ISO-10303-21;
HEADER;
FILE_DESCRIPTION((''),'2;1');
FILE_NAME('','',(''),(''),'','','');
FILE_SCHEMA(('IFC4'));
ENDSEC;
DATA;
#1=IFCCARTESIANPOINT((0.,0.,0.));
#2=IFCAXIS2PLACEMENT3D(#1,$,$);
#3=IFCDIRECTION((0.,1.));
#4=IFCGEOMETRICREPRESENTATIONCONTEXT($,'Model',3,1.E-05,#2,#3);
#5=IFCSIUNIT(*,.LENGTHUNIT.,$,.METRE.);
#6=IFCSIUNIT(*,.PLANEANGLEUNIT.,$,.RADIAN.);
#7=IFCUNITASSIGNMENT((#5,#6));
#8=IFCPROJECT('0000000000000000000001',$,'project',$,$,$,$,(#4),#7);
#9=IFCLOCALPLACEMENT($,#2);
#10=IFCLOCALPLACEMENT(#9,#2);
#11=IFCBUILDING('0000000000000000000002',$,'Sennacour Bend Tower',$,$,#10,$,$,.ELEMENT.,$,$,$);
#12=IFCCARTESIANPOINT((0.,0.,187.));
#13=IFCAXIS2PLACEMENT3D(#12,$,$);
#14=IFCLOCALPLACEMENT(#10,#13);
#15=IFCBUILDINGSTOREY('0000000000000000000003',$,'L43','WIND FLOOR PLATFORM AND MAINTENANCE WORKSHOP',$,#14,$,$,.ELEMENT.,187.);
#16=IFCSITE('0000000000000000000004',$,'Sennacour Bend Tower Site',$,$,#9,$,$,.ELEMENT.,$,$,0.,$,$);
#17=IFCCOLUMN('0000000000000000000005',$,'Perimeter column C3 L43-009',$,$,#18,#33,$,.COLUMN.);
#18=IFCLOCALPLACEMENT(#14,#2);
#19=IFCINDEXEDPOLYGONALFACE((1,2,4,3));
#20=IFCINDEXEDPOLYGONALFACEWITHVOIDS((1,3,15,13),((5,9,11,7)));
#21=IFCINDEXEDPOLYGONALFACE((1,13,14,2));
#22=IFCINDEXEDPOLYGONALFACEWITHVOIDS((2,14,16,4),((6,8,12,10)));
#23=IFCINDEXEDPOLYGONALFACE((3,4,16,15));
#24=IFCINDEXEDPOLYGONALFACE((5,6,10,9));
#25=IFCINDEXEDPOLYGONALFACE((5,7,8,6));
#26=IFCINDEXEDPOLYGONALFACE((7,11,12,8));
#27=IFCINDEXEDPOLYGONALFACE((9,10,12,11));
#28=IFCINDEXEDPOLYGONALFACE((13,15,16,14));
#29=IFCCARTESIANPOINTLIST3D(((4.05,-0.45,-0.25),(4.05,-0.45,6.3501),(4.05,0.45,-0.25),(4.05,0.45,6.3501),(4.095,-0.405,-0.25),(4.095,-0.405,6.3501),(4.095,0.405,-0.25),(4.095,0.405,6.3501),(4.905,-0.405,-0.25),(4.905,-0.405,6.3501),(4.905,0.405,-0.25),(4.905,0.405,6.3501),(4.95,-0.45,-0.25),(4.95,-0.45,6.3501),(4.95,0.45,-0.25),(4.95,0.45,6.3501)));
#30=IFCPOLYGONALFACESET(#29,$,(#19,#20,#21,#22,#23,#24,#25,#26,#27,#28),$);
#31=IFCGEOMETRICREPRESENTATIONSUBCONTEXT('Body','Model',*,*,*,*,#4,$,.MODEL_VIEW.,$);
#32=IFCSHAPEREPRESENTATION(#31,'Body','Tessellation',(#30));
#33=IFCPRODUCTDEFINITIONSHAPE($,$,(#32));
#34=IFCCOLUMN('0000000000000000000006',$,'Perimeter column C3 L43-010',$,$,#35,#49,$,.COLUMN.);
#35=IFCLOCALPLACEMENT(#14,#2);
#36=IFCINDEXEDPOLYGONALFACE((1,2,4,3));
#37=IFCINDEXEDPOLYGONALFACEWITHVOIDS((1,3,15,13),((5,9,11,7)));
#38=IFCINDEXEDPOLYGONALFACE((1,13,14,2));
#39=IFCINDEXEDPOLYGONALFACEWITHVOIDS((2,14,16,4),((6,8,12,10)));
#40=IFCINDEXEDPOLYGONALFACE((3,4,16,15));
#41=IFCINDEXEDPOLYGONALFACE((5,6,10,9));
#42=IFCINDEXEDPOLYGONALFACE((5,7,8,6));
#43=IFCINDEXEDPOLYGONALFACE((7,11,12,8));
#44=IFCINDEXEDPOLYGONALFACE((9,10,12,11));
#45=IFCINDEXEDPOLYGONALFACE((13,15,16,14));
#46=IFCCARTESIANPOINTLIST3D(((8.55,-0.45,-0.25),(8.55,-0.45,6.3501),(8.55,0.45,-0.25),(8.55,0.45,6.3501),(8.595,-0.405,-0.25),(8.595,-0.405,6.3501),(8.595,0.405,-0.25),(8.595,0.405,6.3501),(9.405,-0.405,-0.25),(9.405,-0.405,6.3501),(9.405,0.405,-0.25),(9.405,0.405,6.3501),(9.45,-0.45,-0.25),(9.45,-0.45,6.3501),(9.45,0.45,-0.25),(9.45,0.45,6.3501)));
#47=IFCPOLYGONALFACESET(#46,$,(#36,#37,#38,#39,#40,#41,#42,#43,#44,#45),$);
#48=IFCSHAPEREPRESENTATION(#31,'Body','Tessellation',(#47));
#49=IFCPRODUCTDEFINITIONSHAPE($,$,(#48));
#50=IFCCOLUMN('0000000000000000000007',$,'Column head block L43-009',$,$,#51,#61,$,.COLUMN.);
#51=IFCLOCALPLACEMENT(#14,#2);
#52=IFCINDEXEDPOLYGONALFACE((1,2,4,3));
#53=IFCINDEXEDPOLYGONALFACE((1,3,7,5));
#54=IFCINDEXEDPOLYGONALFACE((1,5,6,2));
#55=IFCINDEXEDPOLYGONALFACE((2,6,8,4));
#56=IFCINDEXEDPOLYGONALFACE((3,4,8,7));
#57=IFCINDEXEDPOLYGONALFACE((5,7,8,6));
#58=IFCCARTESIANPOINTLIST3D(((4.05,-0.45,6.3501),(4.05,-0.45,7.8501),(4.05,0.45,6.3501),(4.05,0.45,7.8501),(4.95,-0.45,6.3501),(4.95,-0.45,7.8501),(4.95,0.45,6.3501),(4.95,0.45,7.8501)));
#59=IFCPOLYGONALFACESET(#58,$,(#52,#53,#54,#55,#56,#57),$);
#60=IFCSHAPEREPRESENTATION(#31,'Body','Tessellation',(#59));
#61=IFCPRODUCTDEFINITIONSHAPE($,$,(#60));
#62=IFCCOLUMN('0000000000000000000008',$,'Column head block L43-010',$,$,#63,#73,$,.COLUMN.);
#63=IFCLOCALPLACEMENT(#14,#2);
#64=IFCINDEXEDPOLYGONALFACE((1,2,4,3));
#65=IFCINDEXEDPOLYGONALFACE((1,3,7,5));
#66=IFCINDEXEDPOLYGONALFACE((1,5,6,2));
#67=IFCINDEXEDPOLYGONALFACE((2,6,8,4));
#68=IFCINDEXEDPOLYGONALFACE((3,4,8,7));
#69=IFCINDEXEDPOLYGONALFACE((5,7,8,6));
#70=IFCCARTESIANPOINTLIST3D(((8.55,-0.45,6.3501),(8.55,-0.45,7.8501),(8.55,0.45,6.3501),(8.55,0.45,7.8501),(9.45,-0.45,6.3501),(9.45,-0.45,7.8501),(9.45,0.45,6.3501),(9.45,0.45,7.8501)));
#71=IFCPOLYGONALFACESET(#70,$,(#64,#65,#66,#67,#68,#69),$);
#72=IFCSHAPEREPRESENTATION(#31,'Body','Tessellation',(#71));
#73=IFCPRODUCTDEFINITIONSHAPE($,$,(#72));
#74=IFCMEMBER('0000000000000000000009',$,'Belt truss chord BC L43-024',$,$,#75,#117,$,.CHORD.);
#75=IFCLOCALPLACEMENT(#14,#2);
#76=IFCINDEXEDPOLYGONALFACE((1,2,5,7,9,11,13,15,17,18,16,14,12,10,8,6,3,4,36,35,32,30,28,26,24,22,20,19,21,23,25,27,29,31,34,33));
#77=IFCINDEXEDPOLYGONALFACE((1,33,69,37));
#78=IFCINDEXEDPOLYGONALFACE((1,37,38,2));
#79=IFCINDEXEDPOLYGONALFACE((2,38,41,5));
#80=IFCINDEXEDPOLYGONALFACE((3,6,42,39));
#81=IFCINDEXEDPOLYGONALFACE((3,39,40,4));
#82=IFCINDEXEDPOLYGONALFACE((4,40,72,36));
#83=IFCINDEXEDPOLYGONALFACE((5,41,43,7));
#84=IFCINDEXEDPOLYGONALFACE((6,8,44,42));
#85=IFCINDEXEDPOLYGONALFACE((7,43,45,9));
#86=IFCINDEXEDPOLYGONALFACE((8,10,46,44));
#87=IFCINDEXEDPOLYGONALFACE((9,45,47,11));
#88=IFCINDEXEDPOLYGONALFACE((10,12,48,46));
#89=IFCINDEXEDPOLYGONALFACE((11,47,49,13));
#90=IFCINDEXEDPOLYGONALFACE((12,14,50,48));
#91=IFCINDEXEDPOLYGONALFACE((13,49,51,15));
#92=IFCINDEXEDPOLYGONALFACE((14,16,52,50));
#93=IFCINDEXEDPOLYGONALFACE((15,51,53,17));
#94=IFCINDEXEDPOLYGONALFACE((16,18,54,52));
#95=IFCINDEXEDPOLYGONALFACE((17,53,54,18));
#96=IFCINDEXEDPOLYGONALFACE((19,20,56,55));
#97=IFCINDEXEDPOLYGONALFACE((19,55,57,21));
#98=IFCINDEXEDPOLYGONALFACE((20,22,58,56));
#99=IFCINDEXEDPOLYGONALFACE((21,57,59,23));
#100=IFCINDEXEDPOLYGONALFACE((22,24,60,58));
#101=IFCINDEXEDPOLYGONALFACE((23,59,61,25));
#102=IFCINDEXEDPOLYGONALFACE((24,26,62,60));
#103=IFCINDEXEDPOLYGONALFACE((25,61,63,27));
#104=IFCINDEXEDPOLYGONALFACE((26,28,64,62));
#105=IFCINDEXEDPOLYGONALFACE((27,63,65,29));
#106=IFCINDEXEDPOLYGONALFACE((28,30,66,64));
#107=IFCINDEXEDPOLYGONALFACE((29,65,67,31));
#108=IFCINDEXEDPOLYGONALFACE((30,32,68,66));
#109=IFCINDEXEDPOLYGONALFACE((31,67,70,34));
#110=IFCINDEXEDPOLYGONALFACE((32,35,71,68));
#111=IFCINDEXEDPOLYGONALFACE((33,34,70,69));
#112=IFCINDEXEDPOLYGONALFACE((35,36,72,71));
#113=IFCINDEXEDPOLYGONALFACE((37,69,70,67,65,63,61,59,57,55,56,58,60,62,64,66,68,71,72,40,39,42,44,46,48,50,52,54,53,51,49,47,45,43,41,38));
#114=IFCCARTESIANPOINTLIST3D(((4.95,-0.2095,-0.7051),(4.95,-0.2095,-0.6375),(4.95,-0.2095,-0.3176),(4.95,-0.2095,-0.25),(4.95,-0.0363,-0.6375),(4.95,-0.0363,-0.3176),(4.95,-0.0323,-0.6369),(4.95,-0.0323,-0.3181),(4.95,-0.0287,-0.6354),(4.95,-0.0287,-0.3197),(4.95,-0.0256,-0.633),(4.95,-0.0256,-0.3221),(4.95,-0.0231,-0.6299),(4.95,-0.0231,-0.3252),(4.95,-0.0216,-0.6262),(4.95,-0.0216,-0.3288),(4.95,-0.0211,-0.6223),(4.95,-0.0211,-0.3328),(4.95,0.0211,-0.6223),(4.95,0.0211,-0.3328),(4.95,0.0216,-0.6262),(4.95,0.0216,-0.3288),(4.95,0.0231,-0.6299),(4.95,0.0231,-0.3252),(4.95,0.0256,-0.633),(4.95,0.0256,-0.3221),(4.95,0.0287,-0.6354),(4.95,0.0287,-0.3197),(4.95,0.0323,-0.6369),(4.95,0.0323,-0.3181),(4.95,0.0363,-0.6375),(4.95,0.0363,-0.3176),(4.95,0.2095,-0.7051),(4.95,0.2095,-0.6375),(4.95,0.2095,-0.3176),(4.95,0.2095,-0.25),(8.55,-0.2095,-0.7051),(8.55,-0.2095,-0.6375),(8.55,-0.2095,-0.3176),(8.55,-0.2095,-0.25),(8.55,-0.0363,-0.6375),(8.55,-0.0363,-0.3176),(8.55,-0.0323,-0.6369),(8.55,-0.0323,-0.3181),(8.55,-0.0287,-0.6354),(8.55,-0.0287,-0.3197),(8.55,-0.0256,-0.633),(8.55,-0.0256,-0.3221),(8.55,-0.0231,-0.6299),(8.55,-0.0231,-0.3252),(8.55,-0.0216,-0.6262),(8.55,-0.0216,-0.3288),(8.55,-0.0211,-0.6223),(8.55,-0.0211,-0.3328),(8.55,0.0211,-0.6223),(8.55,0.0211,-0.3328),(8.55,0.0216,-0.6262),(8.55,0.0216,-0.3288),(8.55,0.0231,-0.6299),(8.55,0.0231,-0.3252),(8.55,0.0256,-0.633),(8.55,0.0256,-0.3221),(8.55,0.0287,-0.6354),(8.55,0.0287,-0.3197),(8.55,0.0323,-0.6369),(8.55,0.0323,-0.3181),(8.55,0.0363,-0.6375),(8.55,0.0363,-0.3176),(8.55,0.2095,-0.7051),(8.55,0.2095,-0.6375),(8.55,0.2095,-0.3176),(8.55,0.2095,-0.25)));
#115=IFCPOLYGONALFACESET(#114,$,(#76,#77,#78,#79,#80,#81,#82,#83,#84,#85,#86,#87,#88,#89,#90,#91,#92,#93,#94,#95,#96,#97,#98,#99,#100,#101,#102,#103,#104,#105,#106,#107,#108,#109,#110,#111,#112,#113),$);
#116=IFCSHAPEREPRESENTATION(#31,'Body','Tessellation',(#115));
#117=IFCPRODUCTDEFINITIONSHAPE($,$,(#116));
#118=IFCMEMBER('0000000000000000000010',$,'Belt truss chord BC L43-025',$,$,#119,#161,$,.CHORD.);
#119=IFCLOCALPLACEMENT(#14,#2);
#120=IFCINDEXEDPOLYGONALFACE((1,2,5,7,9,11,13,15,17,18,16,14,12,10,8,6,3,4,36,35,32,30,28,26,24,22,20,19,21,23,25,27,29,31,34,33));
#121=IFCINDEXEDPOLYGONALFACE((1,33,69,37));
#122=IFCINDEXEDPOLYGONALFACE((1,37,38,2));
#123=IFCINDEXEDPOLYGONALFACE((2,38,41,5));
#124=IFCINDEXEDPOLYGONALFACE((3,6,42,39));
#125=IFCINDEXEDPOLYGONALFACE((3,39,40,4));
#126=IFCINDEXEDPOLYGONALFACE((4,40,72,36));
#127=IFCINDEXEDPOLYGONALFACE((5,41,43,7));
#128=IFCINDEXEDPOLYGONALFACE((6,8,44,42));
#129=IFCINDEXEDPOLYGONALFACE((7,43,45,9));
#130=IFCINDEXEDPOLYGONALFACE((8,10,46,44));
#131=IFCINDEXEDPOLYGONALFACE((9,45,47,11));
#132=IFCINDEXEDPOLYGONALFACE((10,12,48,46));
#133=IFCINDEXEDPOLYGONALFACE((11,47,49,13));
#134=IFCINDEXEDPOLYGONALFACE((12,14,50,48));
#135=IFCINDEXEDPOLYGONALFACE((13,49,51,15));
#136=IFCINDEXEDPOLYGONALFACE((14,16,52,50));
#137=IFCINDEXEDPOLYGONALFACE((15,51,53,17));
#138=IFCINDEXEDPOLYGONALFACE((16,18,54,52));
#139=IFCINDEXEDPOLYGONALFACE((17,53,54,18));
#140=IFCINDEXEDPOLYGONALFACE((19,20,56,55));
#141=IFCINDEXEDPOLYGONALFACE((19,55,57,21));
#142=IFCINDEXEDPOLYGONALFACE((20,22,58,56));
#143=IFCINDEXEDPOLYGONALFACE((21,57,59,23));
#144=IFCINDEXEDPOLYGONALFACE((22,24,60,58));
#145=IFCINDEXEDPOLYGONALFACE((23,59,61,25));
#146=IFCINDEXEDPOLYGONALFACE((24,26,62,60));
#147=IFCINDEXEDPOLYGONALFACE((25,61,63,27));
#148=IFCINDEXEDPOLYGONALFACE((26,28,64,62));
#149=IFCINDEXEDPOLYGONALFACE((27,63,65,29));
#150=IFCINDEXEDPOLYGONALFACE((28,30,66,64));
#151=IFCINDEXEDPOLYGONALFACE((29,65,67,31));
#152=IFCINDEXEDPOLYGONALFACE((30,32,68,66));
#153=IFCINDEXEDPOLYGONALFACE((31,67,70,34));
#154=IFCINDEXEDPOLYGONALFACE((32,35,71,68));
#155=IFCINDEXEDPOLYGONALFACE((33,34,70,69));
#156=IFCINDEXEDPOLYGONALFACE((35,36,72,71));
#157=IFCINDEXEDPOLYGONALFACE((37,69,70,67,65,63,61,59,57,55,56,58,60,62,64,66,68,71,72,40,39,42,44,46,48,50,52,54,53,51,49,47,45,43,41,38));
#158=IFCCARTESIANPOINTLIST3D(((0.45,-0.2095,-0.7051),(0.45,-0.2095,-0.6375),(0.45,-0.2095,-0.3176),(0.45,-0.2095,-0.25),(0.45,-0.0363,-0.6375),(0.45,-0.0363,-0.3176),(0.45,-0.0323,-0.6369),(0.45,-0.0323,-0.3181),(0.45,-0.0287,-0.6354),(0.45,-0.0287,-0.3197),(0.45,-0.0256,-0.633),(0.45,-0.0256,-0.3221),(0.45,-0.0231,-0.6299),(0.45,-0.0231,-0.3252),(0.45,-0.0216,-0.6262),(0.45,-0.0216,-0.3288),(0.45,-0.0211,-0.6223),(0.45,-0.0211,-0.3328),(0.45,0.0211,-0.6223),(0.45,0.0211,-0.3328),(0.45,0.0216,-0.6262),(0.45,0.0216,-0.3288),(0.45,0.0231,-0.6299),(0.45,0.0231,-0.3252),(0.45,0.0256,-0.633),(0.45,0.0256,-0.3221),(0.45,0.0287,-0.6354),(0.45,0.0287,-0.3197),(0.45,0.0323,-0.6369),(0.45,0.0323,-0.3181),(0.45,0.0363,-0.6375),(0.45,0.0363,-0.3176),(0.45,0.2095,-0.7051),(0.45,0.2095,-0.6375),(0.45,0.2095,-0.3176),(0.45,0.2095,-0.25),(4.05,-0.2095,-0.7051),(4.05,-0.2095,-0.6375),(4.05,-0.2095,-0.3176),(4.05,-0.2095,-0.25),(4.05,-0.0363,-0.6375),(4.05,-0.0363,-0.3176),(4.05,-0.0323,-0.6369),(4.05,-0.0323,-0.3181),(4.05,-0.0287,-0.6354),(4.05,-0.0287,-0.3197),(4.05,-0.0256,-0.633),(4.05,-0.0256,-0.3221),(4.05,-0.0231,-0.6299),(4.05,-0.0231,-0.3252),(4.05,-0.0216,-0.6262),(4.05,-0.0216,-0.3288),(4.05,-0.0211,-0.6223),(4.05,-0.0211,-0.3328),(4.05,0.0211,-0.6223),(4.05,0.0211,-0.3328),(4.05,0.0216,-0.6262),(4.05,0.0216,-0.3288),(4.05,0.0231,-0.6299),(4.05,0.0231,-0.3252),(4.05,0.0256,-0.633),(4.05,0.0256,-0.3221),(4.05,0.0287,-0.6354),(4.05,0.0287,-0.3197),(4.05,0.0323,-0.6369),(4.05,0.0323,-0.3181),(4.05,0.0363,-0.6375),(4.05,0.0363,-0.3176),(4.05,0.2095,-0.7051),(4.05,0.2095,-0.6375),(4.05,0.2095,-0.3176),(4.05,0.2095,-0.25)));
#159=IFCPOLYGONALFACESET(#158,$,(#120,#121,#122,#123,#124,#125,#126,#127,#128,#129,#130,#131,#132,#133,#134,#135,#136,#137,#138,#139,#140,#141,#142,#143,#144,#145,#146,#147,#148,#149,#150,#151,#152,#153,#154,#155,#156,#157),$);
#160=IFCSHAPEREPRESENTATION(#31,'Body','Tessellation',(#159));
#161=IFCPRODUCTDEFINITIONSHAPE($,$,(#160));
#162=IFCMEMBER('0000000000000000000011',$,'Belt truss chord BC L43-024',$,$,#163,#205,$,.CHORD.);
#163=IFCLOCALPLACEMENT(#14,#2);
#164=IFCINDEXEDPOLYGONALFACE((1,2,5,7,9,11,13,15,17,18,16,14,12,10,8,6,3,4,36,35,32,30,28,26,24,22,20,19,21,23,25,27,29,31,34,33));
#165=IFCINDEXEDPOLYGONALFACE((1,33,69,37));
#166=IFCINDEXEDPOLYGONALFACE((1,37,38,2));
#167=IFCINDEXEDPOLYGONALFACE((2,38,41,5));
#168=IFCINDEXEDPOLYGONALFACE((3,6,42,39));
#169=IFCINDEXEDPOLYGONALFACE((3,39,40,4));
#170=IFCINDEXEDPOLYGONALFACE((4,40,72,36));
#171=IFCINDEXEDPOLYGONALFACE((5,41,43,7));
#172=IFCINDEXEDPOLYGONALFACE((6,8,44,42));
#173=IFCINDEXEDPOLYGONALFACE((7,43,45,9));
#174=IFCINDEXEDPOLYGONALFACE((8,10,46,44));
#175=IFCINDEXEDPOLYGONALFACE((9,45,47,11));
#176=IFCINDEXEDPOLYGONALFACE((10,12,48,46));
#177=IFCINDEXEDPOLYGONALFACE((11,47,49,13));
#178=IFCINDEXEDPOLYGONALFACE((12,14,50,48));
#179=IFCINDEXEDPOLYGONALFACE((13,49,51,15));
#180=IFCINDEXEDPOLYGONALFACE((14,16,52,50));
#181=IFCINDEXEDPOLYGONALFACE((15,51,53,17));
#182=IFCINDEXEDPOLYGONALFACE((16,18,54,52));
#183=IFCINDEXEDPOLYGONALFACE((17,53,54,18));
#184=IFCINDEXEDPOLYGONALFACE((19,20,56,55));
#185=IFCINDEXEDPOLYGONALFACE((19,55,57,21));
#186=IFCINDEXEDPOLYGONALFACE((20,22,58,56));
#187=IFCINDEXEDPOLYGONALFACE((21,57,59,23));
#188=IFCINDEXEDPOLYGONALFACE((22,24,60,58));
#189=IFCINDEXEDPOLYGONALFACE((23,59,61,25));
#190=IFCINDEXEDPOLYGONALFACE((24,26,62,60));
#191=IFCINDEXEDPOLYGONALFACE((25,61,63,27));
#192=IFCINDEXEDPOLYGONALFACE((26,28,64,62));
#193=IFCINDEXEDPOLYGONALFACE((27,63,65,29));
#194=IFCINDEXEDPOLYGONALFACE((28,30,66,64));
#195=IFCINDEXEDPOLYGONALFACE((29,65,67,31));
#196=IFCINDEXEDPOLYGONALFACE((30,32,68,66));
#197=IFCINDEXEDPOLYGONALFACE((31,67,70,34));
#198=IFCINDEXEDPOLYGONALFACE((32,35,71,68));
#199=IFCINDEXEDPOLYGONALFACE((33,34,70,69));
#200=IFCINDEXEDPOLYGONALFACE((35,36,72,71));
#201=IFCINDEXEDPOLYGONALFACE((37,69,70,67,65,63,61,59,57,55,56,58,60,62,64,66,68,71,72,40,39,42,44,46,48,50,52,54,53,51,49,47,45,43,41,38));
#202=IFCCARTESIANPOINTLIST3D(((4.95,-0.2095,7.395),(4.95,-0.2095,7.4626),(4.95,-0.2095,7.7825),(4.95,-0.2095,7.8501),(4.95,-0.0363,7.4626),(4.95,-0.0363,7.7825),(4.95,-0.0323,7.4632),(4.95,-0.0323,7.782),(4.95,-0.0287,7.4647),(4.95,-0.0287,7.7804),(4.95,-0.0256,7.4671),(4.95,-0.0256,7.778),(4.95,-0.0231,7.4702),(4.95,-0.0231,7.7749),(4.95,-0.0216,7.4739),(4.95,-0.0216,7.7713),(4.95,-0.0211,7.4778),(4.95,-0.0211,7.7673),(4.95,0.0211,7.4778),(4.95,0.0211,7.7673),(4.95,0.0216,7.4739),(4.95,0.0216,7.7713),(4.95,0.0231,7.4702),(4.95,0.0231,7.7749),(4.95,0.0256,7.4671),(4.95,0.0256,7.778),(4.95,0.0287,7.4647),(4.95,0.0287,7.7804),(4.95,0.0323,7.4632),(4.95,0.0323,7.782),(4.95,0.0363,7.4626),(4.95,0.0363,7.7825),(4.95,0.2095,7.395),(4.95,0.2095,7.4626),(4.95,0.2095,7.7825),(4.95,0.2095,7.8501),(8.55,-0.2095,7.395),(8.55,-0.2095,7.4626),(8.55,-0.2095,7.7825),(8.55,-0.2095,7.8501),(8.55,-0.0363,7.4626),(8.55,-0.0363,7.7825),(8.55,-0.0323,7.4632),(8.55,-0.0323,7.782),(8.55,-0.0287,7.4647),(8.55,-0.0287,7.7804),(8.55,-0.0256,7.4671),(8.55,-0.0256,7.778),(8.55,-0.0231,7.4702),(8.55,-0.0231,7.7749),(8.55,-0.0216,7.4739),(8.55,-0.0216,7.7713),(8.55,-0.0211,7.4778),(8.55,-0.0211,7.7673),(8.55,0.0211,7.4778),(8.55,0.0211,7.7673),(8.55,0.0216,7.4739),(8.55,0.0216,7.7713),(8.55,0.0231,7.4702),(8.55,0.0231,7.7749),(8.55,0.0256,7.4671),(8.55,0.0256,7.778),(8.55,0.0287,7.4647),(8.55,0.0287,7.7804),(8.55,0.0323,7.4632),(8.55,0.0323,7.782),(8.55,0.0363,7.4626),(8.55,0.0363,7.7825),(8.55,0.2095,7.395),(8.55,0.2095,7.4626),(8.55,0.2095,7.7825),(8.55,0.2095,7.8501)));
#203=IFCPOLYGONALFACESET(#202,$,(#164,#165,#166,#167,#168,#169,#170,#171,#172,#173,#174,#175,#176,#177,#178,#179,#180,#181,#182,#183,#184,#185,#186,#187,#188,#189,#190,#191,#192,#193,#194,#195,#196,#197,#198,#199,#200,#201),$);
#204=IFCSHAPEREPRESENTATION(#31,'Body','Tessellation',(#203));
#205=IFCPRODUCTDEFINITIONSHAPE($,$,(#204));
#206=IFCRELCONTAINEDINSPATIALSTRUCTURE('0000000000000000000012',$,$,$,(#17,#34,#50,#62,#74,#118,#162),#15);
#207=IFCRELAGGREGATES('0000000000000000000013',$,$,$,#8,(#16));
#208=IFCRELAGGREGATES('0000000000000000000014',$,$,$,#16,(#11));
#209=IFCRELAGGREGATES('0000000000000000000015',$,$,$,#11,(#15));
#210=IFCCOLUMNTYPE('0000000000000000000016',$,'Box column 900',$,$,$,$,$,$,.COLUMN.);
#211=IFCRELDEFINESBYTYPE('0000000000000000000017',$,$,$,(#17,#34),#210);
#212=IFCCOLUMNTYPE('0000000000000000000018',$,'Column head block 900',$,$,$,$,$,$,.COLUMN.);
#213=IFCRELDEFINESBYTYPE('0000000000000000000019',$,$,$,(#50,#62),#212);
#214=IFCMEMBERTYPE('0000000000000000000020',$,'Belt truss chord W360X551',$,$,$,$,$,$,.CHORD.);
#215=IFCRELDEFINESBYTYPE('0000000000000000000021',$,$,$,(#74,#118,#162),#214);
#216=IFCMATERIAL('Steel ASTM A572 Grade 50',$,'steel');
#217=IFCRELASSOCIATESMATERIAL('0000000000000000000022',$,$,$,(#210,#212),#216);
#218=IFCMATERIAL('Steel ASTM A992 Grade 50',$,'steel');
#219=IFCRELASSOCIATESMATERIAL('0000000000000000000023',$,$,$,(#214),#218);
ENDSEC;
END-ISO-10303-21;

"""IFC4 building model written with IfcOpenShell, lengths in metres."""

from ifc_helpers import new_model, si_unit, direction, frame, origin, origin_2d, place, context, subcontext, project, spatial, rectangle, hollow_rectangle, i_section, extrude, material, material_profile, profile_set, type_object, element, save


model = new_model("IFC4")

# Units and contexts
model_context = context("Model", 3, precision=1e-05, world=origin(), true_north=direction((0.0, 1.0)))
body_context = subcontext(model_context, "Body", "Model", "MODEL_VIEW")
ifc_project = project(units=[si_unit("LENGTHUNIT", "METRE"), si_unit("PLANEANGLEUNIT", "RADIAN")], contexts=[model_context])

# Site, building, storey
site_placement = place(None, origin())
site = spatial("IfcSite", under=ifc_project, at=site_placement, Name="Sennacour Bend Tower Site", CompositionType="ELEMENT", RefElevation=0.0)
building_placement = place(site_placement, origin())
building = spatial("IfcBuilding", under=site, at=building_placement, Name="Sennacour Bend Tower", CompositionType="ELEMENT")
storey_placement = place(building_placement, frame((0.0, 0.0, 187.0)))
storey = spatial("IfcBuildingStorey", under=building, at=storey_placement, Name="L43", Description="WIND FLOOR PLATFORM AND MAINTENANCE WORKSHOP", CompositionType="ELEMENT", Elevation=187.0)

# Columns
ifc_material_1 = material(Name="Steel ASTM A572 Grade 50", Category="steel")
ifc_material_profile_1 = material_profile(ifc_material_1, hollow_rectangle(XDim=0.8999, YDim=0.8999, WallThickness=0.0449, at=origin_2d()), Name="Steel ASTM A572 Grade 50", Category="steel")
ifc_profile_set_1 = profile_set([ifc_material_profile_1], Name="Steel ASTM A572 Grade 50")
column_type_1 = type_object("IfcColumnType", Name="Box column 900", PredefinedType="COLUMN", material=ifc_profile_set_1)
for number, where, z_axis, x_axis, name in (
    (1, (4.5, 0.0, -0.25), (0.0, 0.0, 1.0), (1.0, 0.0, 0.0), "Perimeter column C3 L43-009"),
    (2, (9.0, 0.0, -0.25), (0.0, 0.0, 1.0), (1.0, 0.0, 0.0), "Perimeter column C3 L43-010"),
):
    element("IfcColumn", number, at=place(storey_placement, frame(where, z_axis=z_axis, x_axis=x_axis)), inside=storey, type_object=column_type_1, Name=name, PredefinedType="COLUMN", context=body_context, shape_type="SweptSolid", body=[
        extrude(hollow_rectangle(XDim=0.8999, YDim=0.8999, WallThickness=0.0449, at=origin_2d()), origin(), (0.0, 0.0, 1.0), 6.6001),
    ])
ifc_material_profile_2 = material_profile(ifc_material_1, rectangle(XDim=0.8999, YDim=0.8999, at=origin_2d()), Name="Steel ASTM A572 Grade 50", Category="steel")
ifc_profile_set_2 = profile_set([ifc_material_profile_2], Name="Steel ASTM A572 Grade 50")
column_type_2 = type_object("IfcColumnType", Name="Column head block 900", PredefinedType="COLUMN", material=ifc_profile_set_2)
for number, where, z_axis, x_axis, name in (
    (3, (4.5, 0.0, 6.3501), (0.0, 0.0, 1.0), (1.0, 0.0, 0.0), "Column head block L43-009"),
    (4, (9.0, 0.0, 6.3501), (0.0, 0.0, 1.0), (1.0, 0.0, 0.0), "Column head block L43-010"),
):
    element("IfcColumn", number, at=place(storey_placement, frame(where, z_axis=z_axis, x_axis=x_axis)), inside=storey, type_object=column_type_2, Name=name, PredefinedType="COLUMN", context=body_context, shape_type="SweptSolid", body=[
        extrude(rectangle(XDim=0.8999, YDim=0.8999, at=origin_2d()), origin(), (0.0, 0.0, 1.0), 1.5),
    ])

# Members
ifc_material_2 = material(Name="Steel ASTM A992 Grade 50", Category="steel")
ifc_material_profile_3 = material_profile(ifc_material_2, i_section(OverallWidth=0.4189, OverallDepth=0.4551, WebThickness=0.0422, FlangeThickness=0.0676, FilletRadius=0.0151, at=origin_2d()), Name="Steel ASTM A992 Grade 50", Category="steel")
ifc_profile_set_3 = profile_set([ifc_material_profile_3], Name="Steel ASTM A992 Grade 50")
member_type_1 = type_object("IfcMemberType", Name="Belt truss chord W360X551", PredefinedType="CHORD", material=ifc_profile_set_3)
for number, where, z_axis, x_axis, name in (
    (5, (8.55, 0.0, -0.4775), (-1.0, 0.0, 0.0), (0.0, -1.0, 0.0), "Belt truss chord BC L43-024"),
    (6, (4.05, 0.0, -0.4775), (-1.0, 0.0, 0.0), (0.0, -1.0, 0.0), "Belt truss chord BC L43-025"),
    (7, (8.55, 0.0, 7.6226), (-1.0, 0.0, 0.0), (0.0, -1.0, 0.0), "Belt truss chord BC L43-024"),
):
    element("IfcMember", number, at=place(storey_placement, frame(where, z_axis=z_axis, x_axis=x_axis)), inside=storey, type_object=member_type_1, Name=name, PredefinedType="CHORD", context=body_context, shape_type="SweptSolid", body=[
        extrude(i_section(OverallWidth=0.4189, OverallDepth=0.4551, WebThickness=0.0422, FlangeThickness=0.0676, FilletRadius=0.0151, at=origin_2d()), origin(), (0.0, 0.0, 1.0), 3.6001),
    ])

save(model, "model.ifc")
